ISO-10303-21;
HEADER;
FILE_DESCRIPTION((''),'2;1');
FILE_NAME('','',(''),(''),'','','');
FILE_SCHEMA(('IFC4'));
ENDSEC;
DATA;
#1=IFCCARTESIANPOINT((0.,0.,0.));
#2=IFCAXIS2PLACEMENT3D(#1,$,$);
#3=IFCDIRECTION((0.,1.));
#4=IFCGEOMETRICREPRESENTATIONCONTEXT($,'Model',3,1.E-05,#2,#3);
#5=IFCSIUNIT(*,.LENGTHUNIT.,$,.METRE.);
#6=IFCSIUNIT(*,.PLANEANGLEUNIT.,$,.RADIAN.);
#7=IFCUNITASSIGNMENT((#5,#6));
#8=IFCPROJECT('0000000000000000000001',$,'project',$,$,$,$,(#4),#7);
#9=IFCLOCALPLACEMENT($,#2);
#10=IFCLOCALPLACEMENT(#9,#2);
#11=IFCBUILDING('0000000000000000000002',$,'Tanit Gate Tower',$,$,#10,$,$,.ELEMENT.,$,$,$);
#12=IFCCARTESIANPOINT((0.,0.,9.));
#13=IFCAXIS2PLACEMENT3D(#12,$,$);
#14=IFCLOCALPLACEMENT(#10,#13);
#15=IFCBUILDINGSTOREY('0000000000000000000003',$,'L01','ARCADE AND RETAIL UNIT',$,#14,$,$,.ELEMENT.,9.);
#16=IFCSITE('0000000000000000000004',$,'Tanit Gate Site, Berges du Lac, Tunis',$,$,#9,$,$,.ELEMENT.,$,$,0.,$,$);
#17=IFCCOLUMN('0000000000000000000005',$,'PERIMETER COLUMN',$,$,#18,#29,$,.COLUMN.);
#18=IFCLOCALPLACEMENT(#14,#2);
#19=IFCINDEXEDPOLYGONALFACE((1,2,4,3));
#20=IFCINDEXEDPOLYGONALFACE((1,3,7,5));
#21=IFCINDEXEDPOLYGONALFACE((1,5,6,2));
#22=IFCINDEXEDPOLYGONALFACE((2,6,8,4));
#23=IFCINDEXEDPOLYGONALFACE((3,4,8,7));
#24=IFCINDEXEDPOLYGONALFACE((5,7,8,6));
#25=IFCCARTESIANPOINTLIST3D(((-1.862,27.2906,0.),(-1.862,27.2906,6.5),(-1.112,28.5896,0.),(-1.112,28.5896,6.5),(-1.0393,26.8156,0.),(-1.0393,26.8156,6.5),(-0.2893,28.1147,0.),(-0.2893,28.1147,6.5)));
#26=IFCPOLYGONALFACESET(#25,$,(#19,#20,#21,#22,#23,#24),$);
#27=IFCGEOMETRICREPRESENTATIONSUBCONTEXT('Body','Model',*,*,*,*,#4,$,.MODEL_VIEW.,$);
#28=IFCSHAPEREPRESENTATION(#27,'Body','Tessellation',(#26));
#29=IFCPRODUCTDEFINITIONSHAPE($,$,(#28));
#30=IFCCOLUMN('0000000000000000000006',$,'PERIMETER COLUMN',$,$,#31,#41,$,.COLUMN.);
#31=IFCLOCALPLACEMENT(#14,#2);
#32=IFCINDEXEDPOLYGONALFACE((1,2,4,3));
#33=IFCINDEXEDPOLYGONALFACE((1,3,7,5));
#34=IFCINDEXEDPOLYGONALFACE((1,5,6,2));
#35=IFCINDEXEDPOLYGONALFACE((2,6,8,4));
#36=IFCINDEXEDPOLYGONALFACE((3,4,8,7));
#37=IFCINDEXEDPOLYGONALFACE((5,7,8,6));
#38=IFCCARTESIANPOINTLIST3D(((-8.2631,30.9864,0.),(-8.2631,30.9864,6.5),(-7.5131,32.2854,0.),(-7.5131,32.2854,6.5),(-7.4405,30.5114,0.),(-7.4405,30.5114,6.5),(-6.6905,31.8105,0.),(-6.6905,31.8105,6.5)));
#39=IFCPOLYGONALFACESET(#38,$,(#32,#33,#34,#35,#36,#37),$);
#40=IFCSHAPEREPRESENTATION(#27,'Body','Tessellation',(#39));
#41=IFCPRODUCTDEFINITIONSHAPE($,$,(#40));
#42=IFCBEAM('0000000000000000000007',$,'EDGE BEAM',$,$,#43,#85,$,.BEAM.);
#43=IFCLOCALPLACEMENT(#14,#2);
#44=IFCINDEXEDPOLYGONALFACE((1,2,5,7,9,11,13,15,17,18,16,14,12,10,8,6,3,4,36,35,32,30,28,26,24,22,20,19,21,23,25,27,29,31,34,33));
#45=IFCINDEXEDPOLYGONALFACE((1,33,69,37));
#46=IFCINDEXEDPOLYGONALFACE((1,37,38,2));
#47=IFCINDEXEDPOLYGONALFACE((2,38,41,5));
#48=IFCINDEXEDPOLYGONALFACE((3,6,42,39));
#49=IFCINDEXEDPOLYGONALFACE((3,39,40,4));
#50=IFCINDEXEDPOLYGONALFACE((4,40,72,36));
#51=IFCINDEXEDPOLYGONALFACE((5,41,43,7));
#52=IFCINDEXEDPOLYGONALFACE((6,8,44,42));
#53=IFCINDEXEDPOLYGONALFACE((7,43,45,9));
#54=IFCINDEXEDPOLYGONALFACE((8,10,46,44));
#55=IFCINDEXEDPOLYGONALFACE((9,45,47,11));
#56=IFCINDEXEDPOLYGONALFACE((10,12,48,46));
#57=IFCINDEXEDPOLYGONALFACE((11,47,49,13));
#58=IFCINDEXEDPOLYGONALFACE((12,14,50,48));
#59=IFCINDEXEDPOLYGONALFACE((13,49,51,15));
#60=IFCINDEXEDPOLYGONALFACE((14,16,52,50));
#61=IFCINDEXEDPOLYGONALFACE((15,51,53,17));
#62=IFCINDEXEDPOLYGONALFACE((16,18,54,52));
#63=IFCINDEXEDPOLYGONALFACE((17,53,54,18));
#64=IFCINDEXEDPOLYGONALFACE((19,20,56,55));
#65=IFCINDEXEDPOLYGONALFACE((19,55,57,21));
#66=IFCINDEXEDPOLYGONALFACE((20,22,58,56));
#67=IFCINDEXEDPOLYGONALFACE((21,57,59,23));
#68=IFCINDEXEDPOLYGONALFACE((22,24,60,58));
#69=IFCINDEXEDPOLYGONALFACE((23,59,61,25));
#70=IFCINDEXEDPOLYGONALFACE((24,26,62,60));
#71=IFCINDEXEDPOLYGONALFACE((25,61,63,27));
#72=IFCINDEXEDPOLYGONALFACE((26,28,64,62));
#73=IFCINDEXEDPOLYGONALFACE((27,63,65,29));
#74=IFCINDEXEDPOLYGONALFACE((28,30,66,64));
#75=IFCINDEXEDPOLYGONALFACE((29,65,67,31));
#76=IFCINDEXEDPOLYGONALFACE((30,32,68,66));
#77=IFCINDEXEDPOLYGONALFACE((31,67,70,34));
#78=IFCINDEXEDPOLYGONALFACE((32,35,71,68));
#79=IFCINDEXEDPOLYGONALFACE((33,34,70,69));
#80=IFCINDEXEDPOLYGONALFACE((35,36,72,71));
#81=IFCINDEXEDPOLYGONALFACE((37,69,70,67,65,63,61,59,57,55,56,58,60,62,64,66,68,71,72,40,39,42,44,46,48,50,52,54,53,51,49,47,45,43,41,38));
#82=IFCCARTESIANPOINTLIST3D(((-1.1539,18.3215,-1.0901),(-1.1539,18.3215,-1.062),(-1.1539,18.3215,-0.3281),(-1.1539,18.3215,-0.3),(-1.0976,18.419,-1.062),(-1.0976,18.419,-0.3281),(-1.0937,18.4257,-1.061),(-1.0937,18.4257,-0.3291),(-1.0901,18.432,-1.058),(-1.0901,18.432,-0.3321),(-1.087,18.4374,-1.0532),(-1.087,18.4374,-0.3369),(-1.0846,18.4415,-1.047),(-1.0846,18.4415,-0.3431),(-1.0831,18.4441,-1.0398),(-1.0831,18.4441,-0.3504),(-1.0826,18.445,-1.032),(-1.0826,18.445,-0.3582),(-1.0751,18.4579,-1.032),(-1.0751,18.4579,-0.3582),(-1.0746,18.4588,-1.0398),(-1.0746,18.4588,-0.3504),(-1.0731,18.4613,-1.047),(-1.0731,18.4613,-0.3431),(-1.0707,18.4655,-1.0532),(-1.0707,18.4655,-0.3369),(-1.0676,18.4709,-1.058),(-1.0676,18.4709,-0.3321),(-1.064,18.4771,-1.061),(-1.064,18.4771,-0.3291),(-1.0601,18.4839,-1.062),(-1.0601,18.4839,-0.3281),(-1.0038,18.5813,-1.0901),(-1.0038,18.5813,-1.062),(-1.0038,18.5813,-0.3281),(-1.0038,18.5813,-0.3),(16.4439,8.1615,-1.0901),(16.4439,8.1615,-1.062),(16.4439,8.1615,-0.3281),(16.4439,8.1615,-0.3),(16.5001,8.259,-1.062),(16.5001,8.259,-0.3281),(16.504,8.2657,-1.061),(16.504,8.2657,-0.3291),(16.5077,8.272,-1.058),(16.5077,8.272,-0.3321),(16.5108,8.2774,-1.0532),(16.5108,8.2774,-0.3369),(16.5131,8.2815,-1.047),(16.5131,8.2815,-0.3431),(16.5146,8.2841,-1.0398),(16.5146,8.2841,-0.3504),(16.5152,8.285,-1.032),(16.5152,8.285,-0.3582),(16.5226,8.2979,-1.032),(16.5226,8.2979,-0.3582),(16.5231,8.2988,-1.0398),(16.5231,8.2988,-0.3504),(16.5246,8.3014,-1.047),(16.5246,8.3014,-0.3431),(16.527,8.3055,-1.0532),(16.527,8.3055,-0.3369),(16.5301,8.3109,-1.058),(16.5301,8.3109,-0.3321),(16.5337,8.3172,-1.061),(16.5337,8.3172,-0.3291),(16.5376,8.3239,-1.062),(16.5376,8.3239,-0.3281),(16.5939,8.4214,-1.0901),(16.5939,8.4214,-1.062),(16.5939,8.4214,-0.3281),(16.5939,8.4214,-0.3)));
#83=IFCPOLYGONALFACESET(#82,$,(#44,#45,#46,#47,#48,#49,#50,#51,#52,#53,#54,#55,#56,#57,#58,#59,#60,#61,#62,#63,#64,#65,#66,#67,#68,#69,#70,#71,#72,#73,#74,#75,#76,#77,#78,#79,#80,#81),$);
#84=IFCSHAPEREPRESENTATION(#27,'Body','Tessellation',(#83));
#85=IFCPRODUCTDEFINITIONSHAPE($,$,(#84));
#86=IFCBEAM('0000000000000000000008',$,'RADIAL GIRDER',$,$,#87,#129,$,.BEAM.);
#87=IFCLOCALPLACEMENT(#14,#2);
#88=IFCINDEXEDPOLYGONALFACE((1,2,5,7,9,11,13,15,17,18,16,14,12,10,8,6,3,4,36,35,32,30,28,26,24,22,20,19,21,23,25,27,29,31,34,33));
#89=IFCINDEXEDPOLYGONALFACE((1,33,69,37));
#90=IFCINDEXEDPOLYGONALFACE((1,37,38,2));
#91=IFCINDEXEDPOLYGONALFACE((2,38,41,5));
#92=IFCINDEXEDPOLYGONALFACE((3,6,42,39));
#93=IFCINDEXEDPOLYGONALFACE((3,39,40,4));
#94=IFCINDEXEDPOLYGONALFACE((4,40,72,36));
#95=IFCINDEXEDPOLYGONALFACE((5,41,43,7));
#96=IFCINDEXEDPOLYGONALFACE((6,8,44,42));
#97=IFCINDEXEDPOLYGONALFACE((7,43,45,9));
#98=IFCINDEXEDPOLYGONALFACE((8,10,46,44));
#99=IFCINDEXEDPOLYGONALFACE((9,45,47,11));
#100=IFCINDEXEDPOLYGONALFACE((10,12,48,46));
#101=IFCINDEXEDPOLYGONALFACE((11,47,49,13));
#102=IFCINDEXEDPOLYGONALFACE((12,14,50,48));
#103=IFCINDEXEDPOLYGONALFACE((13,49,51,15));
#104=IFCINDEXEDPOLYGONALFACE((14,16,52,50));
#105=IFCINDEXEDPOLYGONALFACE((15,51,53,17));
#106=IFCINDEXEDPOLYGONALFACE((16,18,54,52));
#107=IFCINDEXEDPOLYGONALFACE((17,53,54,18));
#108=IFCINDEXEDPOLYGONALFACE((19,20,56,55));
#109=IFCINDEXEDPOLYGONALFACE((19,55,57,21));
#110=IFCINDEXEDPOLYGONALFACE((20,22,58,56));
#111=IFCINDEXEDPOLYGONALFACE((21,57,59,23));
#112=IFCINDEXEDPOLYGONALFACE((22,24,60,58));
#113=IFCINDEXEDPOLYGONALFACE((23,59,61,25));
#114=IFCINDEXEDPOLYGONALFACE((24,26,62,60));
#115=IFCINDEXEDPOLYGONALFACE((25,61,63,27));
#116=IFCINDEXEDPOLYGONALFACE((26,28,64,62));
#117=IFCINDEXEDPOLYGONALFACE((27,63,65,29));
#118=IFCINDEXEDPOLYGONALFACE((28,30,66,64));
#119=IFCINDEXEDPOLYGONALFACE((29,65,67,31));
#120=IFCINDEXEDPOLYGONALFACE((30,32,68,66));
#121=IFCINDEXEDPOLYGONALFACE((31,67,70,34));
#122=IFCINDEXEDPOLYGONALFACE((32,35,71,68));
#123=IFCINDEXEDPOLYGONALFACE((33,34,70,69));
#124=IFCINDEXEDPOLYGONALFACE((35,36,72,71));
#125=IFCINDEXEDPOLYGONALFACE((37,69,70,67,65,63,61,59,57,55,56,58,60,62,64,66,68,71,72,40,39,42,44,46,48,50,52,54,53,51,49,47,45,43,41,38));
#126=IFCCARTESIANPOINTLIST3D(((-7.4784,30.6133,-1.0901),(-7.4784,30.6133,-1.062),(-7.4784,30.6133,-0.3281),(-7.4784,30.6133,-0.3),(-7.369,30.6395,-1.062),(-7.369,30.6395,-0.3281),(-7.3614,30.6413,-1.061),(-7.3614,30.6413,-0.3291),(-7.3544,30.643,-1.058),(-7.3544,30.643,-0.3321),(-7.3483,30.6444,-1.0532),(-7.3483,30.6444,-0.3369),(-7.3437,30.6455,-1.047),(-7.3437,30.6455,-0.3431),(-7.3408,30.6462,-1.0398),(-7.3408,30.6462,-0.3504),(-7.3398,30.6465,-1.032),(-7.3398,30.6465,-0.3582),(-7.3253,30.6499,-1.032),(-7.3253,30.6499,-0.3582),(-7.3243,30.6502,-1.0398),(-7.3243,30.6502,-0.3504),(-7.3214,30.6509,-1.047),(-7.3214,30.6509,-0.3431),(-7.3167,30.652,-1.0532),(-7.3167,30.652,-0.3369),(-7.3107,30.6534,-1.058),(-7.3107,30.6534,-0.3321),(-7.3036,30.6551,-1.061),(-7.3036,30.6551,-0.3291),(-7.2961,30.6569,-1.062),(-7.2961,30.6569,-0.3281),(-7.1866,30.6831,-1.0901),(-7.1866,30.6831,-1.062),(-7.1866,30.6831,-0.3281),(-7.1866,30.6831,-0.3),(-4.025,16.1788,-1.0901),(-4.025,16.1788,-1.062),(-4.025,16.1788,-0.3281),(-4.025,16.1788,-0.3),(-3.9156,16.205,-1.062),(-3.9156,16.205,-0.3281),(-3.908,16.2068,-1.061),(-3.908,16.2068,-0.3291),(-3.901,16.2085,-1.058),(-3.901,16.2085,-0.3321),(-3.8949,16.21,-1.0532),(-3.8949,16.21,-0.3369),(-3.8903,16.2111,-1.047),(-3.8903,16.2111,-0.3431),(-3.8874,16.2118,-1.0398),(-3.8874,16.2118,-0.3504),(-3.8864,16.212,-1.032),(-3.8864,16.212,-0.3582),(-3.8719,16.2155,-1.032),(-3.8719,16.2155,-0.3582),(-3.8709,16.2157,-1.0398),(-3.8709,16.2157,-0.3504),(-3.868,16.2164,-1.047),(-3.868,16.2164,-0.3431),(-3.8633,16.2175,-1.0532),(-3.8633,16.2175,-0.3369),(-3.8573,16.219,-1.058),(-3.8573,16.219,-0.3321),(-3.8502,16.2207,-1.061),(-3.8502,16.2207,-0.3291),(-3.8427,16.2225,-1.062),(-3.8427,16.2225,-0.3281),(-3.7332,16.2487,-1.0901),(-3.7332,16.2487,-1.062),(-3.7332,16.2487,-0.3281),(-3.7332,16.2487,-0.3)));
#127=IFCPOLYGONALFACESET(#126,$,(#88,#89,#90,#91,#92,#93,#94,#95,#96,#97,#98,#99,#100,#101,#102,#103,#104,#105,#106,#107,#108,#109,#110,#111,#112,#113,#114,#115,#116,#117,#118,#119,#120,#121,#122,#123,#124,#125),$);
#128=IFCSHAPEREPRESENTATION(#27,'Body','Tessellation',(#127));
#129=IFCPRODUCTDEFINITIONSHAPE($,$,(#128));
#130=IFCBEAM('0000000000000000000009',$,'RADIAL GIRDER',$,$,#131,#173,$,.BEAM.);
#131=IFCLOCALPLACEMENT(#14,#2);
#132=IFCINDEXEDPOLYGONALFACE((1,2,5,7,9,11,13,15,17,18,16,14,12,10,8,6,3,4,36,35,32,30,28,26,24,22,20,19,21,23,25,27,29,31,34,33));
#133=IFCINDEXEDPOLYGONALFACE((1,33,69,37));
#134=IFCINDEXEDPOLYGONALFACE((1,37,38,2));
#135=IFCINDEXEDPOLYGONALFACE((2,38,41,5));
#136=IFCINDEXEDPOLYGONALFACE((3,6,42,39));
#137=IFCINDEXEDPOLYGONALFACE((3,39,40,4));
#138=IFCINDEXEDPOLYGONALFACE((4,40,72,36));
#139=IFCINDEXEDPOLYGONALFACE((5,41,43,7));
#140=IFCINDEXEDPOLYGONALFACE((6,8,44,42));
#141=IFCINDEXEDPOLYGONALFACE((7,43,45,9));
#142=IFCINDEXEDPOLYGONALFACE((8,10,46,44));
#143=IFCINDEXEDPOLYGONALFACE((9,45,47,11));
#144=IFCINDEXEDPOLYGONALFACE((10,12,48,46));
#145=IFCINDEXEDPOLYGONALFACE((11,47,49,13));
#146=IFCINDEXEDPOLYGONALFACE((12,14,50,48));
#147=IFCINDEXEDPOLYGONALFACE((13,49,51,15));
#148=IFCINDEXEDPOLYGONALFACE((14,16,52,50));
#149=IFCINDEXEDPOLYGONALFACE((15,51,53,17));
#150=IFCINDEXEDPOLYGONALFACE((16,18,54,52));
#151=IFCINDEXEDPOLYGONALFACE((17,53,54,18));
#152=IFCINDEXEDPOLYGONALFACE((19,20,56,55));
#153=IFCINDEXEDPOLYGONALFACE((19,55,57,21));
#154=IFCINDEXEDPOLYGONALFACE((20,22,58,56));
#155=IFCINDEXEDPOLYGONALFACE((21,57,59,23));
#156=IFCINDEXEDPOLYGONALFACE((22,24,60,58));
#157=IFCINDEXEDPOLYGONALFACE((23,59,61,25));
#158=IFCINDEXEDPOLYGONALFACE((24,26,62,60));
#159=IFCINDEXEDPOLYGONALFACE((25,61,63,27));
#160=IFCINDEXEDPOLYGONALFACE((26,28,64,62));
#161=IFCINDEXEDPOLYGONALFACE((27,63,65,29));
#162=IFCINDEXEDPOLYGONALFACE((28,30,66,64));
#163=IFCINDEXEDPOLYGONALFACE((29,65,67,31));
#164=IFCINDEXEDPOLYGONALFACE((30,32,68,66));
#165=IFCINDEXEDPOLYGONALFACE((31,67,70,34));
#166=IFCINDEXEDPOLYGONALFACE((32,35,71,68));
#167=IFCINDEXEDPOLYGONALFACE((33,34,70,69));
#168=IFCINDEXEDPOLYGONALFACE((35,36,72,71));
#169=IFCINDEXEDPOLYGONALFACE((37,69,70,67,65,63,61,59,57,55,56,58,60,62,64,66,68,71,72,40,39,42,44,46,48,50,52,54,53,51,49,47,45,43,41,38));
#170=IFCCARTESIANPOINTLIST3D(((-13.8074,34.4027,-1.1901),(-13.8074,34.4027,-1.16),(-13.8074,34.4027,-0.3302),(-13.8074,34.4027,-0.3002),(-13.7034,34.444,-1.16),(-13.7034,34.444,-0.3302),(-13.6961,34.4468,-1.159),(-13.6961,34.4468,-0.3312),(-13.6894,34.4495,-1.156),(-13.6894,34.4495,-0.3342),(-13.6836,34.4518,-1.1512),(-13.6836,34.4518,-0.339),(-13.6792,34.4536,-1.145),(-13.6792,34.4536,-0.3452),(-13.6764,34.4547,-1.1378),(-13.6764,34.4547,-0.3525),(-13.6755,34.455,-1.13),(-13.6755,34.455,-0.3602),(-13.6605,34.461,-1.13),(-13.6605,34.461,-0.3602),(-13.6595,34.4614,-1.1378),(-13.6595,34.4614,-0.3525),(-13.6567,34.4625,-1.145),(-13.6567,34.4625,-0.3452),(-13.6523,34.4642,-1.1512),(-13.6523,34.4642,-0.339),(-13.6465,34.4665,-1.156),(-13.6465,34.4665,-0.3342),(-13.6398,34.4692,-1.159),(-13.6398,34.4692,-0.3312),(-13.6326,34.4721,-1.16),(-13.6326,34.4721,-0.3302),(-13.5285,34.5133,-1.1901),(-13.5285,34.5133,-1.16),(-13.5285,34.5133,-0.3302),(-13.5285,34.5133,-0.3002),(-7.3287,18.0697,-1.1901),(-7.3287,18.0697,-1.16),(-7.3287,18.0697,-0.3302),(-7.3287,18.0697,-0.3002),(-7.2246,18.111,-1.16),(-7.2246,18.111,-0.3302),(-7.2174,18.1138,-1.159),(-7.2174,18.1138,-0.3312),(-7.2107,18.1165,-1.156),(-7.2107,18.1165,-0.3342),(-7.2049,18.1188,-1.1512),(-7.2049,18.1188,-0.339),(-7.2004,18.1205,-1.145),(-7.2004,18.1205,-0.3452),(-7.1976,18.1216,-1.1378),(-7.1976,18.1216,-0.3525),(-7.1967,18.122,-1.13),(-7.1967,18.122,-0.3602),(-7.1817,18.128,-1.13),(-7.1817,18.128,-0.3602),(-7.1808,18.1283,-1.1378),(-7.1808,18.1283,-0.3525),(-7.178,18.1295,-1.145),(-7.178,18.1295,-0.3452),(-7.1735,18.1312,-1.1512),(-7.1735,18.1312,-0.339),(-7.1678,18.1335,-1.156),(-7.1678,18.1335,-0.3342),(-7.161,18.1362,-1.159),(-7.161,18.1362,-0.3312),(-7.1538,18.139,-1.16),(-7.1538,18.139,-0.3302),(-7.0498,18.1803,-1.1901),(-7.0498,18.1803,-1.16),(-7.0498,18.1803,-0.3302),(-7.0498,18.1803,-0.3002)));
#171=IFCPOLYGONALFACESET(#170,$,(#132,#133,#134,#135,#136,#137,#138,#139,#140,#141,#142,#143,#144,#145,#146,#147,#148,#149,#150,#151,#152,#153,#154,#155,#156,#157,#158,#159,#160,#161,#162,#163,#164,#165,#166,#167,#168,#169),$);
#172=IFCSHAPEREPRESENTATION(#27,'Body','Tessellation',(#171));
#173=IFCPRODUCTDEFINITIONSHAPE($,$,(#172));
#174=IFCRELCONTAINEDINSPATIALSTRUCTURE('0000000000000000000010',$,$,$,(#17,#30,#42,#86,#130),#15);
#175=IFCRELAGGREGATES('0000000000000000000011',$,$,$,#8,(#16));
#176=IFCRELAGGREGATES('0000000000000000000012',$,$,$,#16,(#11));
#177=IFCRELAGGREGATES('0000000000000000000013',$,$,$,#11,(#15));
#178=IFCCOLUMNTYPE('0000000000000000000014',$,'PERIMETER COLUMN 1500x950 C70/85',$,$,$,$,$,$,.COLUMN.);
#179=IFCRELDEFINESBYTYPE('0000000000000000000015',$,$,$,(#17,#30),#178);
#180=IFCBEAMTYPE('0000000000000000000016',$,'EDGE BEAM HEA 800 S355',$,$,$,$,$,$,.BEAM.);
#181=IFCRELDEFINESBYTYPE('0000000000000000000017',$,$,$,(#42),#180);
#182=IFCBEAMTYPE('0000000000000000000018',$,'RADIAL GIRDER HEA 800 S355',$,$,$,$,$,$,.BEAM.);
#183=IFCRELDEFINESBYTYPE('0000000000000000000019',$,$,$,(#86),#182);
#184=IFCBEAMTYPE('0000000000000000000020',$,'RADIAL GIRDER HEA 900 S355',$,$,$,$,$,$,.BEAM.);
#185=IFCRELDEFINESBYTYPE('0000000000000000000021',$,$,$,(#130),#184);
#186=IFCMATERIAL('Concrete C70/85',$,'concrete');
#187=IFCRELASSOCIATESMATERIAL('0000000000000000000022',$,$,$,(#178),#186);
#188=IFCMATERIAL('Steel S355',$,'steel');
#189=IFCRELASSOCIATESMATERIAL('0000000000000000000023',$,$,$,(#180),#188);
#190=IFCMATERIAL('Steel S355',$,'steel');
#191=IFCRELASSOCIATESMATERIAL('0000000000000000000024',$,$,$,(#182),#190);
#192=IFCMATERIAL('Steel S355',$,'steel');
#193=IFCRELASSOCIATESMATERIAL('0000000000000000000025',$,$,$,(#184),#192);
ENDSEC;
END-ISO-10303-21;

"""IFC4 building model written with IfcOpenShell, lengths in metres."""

from ifc_helpers import new_model, si_unit, direction, frame, origin, origin_2d, place, context, subcontext, project, spatial, rectangle, i_section, extrude, material, material_profile, profile_set, type_object, element, save


model = new_model("IFC4")

# Units and contexts
model_context = context("Model", 3, precision=1e-05, world=origin(), true_north=direction((0.0, 1.0)))
body_context = subcontext(model_context, "Body", "Model", "MODEL_VIEW")
ifc_project = project(units=[si_unit("LENGTHUNIT", "METRE"), si_unit("PLANEANGLEUNIT", "RADIAN")], contexts=[model_context])

# Site, building, storey
site_placement = place(None, origin())
site = spatial("IfcSite", under=ifc_project, at=site_placement, Name="Tanit Gate Site, Berges du Lac, Tunis", CompositionType="ELEMENT", RefElevation=0.0)
building_placement = place(site_placement, origin())
building = spatial("IfcBuilding", under=site, at=building_placement, Name="Tanit Gate Tower", CompositionType="ELEMENT")
storey_placement = place(building_placement, frame((0.0, 0.0, 9.0)))
storey = spatial("IfcBuildingStorey", under=building, at=storey_placement, Name="L01", Description="ARCADE AND RETAIL UNIT", CompositionType="ELEMENT", Elevation=9.0)

# Columns
ifc_material_1 = material(Name="Concrete C70/85", Category="concrete")
ifc_material_profile_1 = material_profile(ifc_material_1, rectangle(XDim=1.5, YDim=0.95, at=origin_2d()), Name="RC 1500x950")
ifc_profile_set_1 = profile_set([ifc_material_profile_1], Name="Concrete C70/85")
column_type = type_object("IfcColumnType", Name="PERIMETER COLUMN 1500x950 C70/85", PredefinedType="COLUMN", material=ifc_profile_set_1)
for number, where, z_axis, x_axis, name in (
    (1, (-1.0757, 27.7026, 0.0), (0.0, 0.0, 1.0), (0.5, 0.866025, 0.0), "PERIMETER COLUMN"),
    (2, (-7.4768, 31.3984, 0.0), (0.0, 0.0, 1.0), (0.5, 0.866025, 0.0), "PERIMETER COLUMN"),
):
    element("IfcColumn", number, at=place(storey_placement, frame(where, z_axis=z_axis, x_axis=x_axis)), inside=storey, type_object=column_type, Name=name, PredefinedType="COLUMN", context=body_context, shape_type="SweptSolid", body=[
        extrude(rectangle(XDim=1.5, YDim=0.95, at=origin_2d()), origin(), (0.0, 0.0, 1.0), 6.5),
    ])

# Beams
ifc_material_2 = material(Name="Steel S355", Category="steel")
ifc_material_profile_2 = material_profile(ifc_material_2, i_section(OverallWidth=0.3, OverallDepth=0.79, WebThickness=0.0149, FlangeThickness=0.0281, FilletRadius=0.03, at=origin_2d()), Name="HEA 800")
ifc_profile_set_2 = profile_set([ifc_material_profile_2], Name="Steel S355")
beam_type_1 = type_object("IfcBeamType", Name="EDGE BEAM HEA 800 S355", PredefinedType="BEAM", material=ifc_profile_set_2)
beam_1_placement = place(storey_placement, frame((-1.0789, 18.4514, -0.6951), z_axis=(0.866028, -0.499996, 0.0), x_axis=(0.499996, 0.866028, 0.0)))
element("IfcBeam", 3, at=beam_1_placement, inside=storey, type_object=beam_type_1, Name="EDGE BEAM", PredefinedType="BEAM", context=body_context, shape_type="SweptSolid", body=[
    extrude(i_section(OverallWidth=0.3, OverallDepth=0.79, WebThickness=0.0149, FlangeThickness=0.0281, FilletRadius=0.03, at=origin_2d()), origin(), (0.0, 0.0, 1.0), 20.3201),
])
ifc_material_3 = material(Name="Steel S355", Category="steel")
ifc_material_profile_3 = material_profile(ifc_material_3, i_section(OverallWidth=0.3, OverallDepth=0.79, WebThickness=0.0149, FlangeThickness=0.0281, FilletRadius=0.03, at=origin_2d()), Name="HEA 800")
ifc_profile_set_3 = profile_set([ifc_material_profile_3], Name="Steel S355")
beam_type_2 = type_object("IfcBeamType", Name="RADIAL GIRDER HEA 800 S355", PredefinedType="BEAM", material=ifc_profile_set_3)
beam_2_placement = place(storey_placement, frame((-7.3325, 30.6482, -0.6951), z_axis=(0.23268, -0.972553, 0.0), x_axis=(0.972553, 0.23268, 0.0)))
element("IfcBeam", 4, at=beam_2_placement, inside=storey, type_object=beam_type_2, Name="RADIAL GIRDER", PredefinedType="BEAM", context=body_context, shape_type="SweptSolid", body=[
    extrude(i_section(OverallWidth=0.3, OverallDepth=0.79, WebThickness=0.0149, FlangeThickness=0.0281, FilletRadius=0.03, at=origin_2d()), origin(), (0.0, 0.0, 1.0), 14.8418),
])
ifc_material_4 = material(Name="Steel S355", Category="steel")
ifc_material_profile_4 = material_profile(ifc_material_4, i_section(OverallWidth=0.3, OverallDepth=0.8899, WebThickness=0.0161, FlangeThickness=0.03, FilletRadius=0.03, at=origin_2d()), Name="HEA 900")
ifc_profile_set_4 = profile_set([ifc_material_profile_4], Name="Steel S355")
beam_type_3 = type_object("IfcBeamType", Name="RADIAL GIRDER HEA 900 S355", PredefinedType="BEAM", material=ifc_profile_set_4)
beam_3_placement = place(storey_placement, frame((-13.668, 34.458, -0.7451), z_axis=(0.368718, -0.929541, 0.0), x_axis=(0.929541, 0.368718, 0.0)))
element("IfcBeam", 5, at=beam_3_placement, inside=storey, type_object=beam_type_3, Name="RADIAL GIRDER", PredefinedType="BEAM", context=body_context, shape_type="SweptSolid", body=[
    extrude(i_section(OverallWidth=0.3, OverallDepth=0.8899, WebThickness=0.0161, FlangeThickness=0.03, FilletRadius=0.03, at=origin_2d()), origin(), (0.0, 0.0, 1.0), 17.571),
])

save(model, "model.ifc")
